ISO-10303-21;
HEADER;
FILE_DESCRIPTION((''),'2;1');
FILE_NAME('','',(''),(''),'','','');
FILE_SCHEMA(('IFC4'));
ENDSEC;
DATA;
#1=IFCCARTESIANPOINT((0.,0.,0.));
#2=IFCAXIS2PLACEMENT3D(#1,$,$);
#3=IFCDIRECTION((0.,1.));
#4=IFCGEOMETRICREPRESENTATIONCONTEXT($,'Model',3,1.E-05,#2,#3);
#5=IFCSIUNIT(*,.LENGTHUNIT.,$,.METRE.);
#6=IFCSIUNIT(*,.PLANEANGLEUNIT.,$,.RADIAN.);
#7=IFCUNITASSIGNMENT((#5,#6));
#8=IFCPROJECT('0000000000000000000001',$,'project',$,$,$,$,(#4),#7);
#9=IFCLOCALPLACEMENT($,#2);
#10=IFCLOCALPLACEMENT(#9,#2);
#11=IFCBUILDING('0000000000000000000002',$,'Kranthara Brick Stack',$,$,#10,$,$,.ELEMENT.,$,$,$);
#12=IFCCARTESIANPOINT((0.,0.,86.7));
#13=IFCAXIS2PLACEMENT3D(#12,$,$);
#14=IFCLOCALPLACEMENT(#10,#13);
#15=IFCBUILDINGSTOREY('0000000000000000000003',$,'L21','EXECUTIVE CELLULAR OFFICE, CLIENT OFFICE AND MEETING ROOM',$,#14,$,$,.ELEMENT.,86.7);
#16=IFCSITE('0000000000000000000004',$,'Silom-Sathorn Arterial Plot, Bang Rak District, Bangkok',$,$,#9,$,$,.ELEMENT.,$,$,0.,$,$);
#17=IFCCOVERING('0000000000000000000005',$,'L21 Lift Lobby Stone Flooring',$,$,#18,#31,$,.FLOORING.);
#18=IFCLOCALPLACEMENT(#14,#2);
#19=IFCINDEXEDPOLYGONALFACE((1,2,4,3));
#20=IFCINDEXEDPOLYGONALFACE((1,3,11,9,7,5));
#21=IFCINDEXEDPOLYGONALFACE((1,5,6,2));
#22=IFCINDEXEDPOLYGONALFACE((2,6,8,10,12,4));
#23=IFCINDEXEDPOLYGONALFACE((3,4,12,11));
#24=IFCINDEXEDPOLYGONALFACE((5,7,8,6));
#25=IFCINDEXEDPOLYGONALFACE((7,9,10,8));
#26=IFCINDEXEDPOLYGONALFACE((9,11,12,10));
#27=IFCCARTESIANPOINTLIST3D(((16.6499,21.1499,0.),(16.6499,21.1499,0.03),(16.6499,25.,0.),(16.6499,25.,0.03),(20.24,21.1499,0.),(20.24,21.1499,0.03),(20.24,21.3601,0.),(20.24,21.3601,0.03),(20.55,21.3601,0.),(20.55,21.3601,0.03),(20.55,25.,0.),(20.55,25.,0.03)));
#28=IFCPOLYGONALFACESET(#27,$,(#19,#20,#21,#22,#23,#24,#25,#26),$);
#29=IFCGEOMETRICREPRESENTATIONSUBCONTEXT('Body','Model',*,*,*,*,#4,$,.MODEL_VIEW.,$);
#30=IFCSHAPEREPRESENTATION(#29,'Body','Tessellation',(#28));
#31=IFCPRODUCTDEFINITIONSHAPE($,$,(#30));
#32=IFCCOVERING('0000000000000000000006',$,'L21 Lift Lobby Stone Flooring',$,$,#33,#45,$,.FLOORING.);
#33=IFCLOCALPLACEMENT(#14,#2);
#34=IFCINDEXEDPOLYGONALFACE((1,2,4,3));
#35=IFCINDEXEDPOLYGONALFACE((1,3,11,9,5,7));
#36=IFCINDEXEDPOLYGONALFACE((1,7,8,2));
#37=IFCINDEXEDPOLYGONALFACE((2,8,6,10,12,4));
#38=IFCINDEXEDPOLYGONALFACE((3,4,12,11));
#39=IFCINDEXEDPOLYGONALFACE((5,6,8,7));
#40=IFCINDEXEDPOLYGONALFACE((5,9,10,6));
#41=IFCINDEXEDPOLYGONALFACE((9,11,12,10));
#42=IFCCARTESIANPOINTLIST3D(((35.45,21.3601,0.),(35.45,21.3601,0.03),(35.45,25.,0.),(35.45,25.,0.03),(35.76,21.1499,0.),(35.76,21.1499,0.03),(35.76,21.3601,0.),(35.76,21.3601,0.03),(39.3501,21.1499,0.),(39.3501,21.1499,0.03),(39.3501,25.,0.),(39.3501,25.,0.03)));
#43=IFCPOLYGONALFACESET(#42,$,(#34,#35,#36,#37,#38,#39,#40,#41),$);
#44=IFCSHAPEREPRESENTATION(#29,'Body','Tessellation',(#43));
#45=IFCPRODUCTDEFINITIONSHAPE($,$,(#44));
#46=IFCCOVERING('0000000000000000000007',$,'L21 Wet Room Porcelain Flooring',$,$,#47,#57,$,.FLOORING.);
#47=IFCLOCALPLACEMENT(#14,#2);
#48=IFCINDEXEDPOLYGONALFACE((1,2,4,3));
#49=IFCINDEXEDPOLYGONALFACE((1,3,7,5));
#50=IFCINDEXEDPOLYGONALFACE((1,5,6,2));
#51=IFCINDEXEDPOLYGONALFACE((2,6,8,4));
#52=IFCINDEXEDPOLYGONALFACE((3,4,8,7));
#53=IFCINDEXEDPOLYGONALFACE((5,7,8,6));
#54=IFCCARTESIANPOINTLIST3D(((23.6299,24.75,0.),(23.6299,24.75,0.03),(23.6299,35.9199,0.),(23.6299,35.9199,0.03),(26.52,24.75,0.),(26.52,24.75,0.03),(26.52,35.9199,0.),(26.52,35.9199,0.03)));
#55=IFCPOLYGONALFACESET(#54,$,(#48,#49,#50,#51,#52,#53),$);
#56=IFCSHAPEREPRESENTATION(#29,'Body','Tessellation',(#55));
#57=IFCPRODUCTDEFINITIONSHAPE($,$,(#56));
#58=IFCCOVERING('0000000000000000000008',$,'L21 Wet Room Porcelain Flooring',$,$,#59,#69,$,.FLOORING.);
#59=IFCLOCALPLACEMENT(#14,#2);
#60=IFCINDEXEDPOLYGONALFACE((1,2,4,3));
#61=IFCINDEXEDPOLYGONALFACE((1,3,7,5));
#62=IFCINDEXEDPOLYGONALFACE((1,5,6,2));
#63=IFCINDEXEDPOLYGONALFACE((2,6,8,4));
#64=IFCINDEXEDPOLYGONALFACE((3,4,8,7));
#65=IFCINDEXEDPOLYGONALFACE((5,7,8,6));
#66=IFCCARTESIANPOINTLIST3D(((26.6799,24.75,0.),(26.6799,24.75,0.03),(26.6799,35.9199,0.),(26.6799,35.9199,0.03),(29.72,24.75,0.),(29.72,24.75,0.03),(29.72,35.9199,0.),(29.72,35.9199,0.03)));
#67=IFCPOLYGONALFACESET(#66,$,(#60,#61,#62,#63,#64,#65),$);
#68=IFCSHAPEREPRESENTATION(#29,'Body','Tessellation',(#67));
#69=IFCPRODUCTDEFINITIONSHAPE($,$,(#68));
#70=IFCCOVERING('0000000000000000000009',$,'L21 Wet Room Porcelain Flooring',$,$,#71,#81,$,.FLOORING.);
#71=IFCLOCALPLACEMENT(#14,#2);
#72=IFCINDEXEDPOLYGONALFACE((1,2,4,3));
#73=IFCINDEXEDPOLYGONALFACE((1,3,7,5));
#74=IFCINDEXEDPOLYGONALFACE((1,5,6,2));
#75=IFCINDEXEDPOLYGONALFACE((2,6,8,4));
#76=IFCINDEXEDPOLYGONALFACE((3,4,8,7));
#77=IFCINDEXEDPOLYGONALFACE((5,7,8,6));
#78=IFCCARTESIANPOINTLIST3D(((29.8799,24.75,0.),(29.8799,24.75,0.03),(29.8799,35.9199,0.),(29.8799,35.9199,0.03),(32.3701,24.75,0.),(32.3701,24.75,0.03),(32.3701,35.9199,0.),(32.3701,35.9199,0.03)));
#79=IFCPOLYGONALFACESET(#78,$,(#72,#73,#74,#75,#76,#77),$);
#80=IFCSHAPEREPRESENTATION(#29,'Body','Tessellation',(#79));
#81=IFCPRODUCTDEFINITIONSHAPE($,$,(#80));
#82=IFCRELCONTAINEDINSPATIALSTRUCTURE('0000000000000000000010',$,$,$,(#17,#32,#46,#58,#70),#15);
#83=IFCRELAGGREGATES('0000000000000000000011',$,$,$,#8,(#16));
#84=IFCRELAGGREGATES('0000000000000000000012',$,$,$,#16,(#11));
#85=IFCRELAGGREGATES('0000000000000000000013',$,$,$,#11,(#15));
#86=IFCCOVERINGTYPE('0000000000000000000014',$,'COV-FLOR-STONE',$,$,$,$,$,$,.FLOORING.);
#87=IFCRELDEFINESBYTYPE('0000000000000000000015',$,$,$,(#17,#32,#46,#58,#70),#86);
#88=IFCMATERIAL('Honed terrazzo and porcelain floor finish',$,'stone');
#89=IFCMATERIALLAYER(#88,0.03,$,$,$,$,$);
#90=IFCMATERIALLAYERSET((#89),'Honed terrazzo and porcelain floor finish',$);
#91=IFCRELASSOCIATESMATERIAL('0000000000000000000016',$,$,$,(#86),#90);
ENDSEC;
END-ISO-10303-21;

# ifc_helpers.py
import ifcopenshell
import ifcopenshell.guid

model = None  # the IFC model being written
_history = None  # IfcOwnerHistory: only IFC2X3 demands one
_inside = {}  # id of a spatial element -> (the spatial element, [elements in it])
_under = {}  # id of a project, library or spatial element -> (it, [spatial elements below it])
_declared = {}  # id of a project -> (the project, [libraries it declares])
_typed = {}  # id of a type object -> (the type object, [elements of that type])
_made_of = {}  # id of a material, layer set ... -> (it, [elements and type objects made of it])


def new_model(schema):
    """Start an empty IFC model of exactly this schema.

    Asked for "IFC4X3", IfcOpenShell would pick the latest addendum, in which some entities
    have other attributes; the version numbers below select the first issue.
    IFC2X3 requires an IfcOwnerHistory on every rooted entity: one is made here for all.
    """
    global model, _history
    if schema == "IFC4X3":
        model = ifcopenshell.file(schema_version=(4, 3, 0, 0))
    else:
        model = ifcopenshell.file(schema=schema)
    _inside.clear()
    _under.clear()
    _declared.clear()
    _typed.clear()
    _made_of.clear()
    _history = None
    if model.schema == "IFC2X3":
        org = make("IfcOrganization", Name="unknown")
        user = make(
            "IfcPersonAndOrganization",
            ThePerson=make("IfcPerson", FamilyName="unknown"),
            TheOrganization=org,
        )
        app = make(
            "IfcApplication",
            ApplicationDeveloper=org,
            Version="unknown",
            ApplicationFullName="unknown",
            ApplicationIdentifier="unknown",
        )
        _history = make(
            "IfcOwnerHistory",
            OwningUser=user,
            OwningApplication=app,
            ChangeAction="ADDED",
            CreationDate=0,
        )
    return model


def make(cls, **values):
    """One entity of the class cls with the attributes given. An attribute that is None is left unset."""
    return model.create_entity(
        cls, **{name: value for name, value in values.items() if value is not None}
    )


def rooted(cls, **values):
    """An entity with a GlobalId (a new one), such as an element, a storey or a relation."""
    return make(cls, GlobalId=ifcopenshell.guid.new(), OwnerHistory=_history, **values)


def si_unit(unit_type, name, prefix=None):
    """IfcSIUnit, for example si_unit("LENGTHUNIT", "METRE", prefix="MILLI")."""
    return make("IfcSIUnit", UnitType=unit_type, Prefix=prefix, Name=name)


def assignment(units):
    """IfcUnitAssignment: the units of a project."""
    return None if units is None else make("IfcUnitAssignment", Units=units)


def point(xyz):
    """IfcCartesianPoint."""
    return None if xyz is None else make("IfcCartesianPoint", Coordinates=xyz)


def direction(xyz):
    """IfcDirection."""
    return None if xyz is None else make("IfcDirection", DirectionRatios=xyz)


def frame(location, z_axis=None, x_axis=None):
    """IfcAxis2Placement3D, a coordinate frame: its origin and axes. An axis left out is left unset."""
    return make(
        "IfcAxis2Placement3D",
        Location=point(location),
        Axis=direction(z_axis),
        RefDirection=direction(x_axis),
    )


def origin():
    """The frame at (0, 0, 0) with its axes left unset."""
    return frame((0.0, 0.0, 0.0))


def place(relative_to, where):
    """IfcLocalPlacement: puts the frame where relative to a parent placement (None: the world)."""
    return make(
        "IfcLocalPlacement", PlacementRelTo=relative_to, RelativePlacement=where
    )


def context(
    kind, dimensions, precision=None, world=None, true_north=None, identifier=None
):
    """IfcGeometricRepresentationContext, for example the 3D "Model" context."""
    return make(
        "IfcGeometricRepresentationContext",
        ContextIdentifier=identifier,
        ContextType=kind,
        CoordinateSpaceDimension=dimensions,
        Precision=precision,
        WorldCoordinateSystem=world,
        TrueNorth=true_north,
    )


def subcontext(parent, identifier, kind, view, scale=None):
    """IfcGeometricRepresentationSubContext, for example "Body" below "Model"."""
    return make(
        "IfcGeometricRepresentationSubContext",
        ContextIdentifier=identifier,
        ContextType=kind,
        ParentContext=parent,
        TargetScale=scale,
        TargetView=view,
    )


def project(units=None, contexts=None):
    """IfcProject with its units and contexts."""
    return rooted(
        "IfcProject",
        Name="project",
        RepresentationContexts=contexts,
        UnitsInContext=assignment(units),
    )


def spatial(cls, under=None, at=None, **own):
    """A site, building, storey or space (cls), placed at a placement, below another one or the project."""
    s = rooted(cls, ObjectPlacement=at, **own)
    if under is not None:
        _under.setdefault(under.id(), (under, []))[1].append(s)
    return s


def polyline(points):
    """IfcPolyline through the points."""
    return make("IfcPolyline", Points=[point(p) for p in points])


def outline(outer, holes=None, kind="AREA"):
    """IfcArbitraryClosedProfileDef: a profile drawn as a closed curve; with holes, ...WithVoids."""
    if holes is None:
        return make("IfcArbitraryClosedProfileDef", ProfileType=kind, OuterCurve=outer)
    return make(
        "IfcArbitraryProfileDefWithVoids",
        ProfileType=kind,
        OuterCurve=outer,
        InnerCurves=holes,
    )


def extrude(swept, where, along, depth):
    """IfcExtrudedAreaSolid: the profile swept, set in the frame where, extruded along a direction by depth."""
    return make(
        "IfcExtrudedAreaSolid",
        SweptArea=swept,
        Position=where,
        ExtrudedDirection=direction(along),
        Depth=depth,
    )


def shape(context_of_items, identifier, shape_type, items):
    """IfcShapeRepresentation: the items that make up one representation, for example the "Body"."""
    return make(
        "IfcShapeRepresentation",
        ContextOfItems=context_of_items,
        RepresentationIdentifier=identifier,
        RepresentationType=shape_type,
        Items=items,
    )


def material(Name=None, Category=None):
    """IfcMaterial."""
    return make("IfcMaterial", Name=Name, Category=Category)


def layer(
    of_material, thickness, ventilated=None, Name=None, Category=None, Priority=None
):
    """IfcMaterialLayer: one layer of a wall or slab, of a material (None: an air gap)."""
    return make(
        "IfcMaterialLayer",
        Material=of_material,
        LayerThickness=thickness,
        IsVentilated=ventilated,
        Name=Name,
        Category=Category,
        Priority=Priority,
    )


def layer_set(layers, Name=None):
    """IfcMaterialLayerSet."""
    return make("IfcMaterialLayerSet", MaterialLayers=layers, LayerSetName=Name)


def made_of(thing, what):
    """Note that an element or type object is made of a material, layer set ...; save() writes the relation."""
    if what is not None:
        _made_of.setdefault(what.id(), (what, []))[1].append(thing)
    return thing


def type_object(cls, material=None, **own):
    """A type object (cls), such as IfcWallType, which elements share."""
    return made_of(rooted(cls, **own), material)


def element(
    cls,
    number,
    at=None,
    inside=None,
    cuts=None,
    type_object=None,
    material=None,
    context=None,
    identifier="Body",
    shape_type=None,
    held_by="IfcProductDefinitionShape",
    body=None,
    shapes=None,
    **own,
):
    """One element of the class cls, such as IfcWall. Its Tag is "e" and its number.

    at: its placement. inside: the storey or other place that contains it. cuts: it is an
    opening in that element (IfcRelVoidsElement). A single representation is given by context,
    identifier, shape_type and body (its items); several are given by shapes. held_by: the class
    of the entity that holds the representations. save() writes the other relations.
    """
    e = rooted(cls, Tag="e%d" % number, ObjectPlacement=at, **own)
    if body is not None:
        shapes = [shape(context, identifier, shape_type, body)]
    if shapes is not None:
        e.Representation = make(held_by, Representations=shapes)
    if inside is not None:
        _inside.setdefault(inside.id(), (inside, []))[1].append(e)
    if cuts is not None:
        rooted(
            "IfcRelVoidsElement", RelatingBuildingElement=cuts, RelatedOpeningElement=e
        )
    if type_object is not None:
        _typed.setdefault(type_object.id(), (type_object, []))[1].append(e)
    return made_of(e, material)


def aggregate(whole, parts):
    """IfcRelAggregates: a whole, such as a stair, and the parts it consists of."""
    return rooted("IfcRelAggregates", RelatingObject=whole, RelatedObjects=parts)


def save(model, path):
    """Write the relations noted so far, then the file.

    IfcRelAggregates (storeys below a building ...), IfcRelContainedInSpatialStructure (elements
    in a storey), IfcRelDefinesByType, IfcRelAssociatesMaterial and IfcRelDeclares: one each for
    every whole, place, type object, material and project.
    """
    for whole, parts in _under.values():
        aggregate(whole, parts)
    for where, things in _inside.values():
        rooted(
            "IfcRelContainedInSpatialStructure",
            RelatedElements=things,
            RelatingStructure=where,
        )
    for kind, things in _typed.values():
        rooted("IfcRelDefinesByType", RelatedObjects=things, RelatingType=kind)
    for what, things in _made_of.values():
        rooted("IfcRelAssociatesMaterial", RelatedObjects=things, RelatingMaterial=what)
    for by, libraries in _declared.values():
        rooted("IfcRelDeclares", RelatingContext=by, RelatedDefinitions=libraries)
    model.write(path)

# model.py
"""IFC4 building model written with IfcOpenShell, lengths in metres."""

from ifc_helpers import new_model, si_unit, direction, frame, origin, place, context, subcontext, project, spatial, polyline, outline, extrude, material, layer, layer_set, type_object, element, save


model = new_model("IFC4")

# Units and contexts
model_context = context("Model", 3, precision=1e-05, world=origin(), true_north=direction((0.0, 1.0)))
body_context = subcontext(model_context, "Body", "Model", "MODEL_VIEW")
ifc_project = project(units=[si_unit("LENGTHUNIT", "METRE"), si_unit("PLANEANGLEUNIT", "RADIAN")], contexts=[model_context])

# Site, building, storey
site_placement = place(None, origin())
site = spatial("IfcSite", under=ifc_project, at=site_placement, Name="Silom-Sathorn Arterial Plot, Bang Rak District, Bangkok", CompositionType="ELEMENT", RefElevation=0.0)
building_placement = place(site_placement, origin())
building = spatial("IfcBuilding", under=site, at=building_placement, Name="Kranthara Brick Stack", CompositionType="ELEMENT")
storey_placement = place(building_placement, frame((0.0, 0.0, 86.7)))
storey = spatial("IfcBuildingStorey", under=building, at=storey_placement, Name="L21", Description="EXECUTIVE CELLULAR OFFICE, CLIENT OFFICE AND MEETING ROOM", CompositionType="ELEMENT", Elevation=86.7)

# Coverings
ifc_material_1 = material(Name="Honed terrazzo and porcelain floor finish", Category="stone")
ifc_layer_1 = layer(ifc_material_1, 0.03)
ifc_layer_set_1 = layer_set([ifc_layer_1], Name="Honed terrazzo and porcelain floor finish")
covering_type_1 = type_object("IfcCoveringType", Name="COV-FLOR-STONE", PredefinedType="FLOORING", material=ifc_layer_set_1)
covering_1_placement = place(storey_placement, origin())
element("IfcCovering", 1, at=covering_1_placement, inside=storey, type_object=covering_type_1, Name="L21 Lift Lobby Stone Flooring", PredefinedType="FLOORING", context=body_context, shape_type="SweptSolid", body=[
    extrude(outline(polyline([(16.6499, 21.1499), (16.6499, 25.0), (20.55, 25.0), (20.55, 21.3601), (20.24, 21.3601), (20.24, 21.1499), (16.6499, 21.1499)])), origin(), (0.0, 0.0, 1.0), 0.03),
])
covering_2_placement = place(storey_placement, origin())
element("IfcCovering", 2, at=covering_2_placement, inside=storey, type_object=covering_type_1, Name="L21 Lift Lobby Stone Flooring", PredefinedType="FLOORING", context=body_context, shape_type="SweptSolid", body=[
    extrude(outline(polyline([(35.45, 25.0), (39.3501, 25.0), (39.3501, 21.1499), (35.76, 21.1499), (35.76, 21.3601), (35.45, 21.3601), (35.45, 25.0)])), origin(), (0.0, 0.0, 1.0), 0.03),
])
covering_3_placement = place(storey_placement, origin())
element("IfcCovering", 3, at=covering_3_placement, inside=storey, type_object=covering_type_1, Name="L21 Wet Room Porcelain Flooring", PredefinedType="FLOORING", context=body_context, shape_type="SweptSolid", body=[
    extrude(outline(polyline([(26.52, 24.75), (26.52, 35.9199), (23.6299, 35.9199), (23.6299, 24.75), (26.52, 24.75)])), origin(), (0.0, 0.0, 1.0), 0.03),
])
covering_4_placement = place(storey_placement, origin())
element("IfcCovering", 4, at=covering_4_placement, inside=storey, type_object=covering_type_1, Name="L21 Wet Room Porcelain Flooring", PredefinedType="FLOORING", context=body_context, shape_type="SweptSolid", body=[
    extrude(outline(polyline([(29.72, 24.75), (29.72, 35.9199), (26.6799, 35.9199), (26.6799, 24.75), (29.72, 24.75)])), origin(), (0.0, 0.0, 1.0), 0.03),
])
covering_5_placement = place(storey_placement, origin())
element("IfcCovering", 5, at=covering_5_placement, inside=storey, type_object=covering_type_1, Name="L21 Wet Room Porcelain Flooring", PredefinedType="FLOORING", context=body_context, shape_type="SweptSolid", body=[
    extrude(outline(polyline([(32.3701, 24.75), (32.3701, 35.9199), (29.8799, 35.9199), (29.8799, 24.75), (32.3701, 24.75)])), origin(), (0.0, 0.0, 1.0), 0.03),
])

save(model, "model.ifc")
